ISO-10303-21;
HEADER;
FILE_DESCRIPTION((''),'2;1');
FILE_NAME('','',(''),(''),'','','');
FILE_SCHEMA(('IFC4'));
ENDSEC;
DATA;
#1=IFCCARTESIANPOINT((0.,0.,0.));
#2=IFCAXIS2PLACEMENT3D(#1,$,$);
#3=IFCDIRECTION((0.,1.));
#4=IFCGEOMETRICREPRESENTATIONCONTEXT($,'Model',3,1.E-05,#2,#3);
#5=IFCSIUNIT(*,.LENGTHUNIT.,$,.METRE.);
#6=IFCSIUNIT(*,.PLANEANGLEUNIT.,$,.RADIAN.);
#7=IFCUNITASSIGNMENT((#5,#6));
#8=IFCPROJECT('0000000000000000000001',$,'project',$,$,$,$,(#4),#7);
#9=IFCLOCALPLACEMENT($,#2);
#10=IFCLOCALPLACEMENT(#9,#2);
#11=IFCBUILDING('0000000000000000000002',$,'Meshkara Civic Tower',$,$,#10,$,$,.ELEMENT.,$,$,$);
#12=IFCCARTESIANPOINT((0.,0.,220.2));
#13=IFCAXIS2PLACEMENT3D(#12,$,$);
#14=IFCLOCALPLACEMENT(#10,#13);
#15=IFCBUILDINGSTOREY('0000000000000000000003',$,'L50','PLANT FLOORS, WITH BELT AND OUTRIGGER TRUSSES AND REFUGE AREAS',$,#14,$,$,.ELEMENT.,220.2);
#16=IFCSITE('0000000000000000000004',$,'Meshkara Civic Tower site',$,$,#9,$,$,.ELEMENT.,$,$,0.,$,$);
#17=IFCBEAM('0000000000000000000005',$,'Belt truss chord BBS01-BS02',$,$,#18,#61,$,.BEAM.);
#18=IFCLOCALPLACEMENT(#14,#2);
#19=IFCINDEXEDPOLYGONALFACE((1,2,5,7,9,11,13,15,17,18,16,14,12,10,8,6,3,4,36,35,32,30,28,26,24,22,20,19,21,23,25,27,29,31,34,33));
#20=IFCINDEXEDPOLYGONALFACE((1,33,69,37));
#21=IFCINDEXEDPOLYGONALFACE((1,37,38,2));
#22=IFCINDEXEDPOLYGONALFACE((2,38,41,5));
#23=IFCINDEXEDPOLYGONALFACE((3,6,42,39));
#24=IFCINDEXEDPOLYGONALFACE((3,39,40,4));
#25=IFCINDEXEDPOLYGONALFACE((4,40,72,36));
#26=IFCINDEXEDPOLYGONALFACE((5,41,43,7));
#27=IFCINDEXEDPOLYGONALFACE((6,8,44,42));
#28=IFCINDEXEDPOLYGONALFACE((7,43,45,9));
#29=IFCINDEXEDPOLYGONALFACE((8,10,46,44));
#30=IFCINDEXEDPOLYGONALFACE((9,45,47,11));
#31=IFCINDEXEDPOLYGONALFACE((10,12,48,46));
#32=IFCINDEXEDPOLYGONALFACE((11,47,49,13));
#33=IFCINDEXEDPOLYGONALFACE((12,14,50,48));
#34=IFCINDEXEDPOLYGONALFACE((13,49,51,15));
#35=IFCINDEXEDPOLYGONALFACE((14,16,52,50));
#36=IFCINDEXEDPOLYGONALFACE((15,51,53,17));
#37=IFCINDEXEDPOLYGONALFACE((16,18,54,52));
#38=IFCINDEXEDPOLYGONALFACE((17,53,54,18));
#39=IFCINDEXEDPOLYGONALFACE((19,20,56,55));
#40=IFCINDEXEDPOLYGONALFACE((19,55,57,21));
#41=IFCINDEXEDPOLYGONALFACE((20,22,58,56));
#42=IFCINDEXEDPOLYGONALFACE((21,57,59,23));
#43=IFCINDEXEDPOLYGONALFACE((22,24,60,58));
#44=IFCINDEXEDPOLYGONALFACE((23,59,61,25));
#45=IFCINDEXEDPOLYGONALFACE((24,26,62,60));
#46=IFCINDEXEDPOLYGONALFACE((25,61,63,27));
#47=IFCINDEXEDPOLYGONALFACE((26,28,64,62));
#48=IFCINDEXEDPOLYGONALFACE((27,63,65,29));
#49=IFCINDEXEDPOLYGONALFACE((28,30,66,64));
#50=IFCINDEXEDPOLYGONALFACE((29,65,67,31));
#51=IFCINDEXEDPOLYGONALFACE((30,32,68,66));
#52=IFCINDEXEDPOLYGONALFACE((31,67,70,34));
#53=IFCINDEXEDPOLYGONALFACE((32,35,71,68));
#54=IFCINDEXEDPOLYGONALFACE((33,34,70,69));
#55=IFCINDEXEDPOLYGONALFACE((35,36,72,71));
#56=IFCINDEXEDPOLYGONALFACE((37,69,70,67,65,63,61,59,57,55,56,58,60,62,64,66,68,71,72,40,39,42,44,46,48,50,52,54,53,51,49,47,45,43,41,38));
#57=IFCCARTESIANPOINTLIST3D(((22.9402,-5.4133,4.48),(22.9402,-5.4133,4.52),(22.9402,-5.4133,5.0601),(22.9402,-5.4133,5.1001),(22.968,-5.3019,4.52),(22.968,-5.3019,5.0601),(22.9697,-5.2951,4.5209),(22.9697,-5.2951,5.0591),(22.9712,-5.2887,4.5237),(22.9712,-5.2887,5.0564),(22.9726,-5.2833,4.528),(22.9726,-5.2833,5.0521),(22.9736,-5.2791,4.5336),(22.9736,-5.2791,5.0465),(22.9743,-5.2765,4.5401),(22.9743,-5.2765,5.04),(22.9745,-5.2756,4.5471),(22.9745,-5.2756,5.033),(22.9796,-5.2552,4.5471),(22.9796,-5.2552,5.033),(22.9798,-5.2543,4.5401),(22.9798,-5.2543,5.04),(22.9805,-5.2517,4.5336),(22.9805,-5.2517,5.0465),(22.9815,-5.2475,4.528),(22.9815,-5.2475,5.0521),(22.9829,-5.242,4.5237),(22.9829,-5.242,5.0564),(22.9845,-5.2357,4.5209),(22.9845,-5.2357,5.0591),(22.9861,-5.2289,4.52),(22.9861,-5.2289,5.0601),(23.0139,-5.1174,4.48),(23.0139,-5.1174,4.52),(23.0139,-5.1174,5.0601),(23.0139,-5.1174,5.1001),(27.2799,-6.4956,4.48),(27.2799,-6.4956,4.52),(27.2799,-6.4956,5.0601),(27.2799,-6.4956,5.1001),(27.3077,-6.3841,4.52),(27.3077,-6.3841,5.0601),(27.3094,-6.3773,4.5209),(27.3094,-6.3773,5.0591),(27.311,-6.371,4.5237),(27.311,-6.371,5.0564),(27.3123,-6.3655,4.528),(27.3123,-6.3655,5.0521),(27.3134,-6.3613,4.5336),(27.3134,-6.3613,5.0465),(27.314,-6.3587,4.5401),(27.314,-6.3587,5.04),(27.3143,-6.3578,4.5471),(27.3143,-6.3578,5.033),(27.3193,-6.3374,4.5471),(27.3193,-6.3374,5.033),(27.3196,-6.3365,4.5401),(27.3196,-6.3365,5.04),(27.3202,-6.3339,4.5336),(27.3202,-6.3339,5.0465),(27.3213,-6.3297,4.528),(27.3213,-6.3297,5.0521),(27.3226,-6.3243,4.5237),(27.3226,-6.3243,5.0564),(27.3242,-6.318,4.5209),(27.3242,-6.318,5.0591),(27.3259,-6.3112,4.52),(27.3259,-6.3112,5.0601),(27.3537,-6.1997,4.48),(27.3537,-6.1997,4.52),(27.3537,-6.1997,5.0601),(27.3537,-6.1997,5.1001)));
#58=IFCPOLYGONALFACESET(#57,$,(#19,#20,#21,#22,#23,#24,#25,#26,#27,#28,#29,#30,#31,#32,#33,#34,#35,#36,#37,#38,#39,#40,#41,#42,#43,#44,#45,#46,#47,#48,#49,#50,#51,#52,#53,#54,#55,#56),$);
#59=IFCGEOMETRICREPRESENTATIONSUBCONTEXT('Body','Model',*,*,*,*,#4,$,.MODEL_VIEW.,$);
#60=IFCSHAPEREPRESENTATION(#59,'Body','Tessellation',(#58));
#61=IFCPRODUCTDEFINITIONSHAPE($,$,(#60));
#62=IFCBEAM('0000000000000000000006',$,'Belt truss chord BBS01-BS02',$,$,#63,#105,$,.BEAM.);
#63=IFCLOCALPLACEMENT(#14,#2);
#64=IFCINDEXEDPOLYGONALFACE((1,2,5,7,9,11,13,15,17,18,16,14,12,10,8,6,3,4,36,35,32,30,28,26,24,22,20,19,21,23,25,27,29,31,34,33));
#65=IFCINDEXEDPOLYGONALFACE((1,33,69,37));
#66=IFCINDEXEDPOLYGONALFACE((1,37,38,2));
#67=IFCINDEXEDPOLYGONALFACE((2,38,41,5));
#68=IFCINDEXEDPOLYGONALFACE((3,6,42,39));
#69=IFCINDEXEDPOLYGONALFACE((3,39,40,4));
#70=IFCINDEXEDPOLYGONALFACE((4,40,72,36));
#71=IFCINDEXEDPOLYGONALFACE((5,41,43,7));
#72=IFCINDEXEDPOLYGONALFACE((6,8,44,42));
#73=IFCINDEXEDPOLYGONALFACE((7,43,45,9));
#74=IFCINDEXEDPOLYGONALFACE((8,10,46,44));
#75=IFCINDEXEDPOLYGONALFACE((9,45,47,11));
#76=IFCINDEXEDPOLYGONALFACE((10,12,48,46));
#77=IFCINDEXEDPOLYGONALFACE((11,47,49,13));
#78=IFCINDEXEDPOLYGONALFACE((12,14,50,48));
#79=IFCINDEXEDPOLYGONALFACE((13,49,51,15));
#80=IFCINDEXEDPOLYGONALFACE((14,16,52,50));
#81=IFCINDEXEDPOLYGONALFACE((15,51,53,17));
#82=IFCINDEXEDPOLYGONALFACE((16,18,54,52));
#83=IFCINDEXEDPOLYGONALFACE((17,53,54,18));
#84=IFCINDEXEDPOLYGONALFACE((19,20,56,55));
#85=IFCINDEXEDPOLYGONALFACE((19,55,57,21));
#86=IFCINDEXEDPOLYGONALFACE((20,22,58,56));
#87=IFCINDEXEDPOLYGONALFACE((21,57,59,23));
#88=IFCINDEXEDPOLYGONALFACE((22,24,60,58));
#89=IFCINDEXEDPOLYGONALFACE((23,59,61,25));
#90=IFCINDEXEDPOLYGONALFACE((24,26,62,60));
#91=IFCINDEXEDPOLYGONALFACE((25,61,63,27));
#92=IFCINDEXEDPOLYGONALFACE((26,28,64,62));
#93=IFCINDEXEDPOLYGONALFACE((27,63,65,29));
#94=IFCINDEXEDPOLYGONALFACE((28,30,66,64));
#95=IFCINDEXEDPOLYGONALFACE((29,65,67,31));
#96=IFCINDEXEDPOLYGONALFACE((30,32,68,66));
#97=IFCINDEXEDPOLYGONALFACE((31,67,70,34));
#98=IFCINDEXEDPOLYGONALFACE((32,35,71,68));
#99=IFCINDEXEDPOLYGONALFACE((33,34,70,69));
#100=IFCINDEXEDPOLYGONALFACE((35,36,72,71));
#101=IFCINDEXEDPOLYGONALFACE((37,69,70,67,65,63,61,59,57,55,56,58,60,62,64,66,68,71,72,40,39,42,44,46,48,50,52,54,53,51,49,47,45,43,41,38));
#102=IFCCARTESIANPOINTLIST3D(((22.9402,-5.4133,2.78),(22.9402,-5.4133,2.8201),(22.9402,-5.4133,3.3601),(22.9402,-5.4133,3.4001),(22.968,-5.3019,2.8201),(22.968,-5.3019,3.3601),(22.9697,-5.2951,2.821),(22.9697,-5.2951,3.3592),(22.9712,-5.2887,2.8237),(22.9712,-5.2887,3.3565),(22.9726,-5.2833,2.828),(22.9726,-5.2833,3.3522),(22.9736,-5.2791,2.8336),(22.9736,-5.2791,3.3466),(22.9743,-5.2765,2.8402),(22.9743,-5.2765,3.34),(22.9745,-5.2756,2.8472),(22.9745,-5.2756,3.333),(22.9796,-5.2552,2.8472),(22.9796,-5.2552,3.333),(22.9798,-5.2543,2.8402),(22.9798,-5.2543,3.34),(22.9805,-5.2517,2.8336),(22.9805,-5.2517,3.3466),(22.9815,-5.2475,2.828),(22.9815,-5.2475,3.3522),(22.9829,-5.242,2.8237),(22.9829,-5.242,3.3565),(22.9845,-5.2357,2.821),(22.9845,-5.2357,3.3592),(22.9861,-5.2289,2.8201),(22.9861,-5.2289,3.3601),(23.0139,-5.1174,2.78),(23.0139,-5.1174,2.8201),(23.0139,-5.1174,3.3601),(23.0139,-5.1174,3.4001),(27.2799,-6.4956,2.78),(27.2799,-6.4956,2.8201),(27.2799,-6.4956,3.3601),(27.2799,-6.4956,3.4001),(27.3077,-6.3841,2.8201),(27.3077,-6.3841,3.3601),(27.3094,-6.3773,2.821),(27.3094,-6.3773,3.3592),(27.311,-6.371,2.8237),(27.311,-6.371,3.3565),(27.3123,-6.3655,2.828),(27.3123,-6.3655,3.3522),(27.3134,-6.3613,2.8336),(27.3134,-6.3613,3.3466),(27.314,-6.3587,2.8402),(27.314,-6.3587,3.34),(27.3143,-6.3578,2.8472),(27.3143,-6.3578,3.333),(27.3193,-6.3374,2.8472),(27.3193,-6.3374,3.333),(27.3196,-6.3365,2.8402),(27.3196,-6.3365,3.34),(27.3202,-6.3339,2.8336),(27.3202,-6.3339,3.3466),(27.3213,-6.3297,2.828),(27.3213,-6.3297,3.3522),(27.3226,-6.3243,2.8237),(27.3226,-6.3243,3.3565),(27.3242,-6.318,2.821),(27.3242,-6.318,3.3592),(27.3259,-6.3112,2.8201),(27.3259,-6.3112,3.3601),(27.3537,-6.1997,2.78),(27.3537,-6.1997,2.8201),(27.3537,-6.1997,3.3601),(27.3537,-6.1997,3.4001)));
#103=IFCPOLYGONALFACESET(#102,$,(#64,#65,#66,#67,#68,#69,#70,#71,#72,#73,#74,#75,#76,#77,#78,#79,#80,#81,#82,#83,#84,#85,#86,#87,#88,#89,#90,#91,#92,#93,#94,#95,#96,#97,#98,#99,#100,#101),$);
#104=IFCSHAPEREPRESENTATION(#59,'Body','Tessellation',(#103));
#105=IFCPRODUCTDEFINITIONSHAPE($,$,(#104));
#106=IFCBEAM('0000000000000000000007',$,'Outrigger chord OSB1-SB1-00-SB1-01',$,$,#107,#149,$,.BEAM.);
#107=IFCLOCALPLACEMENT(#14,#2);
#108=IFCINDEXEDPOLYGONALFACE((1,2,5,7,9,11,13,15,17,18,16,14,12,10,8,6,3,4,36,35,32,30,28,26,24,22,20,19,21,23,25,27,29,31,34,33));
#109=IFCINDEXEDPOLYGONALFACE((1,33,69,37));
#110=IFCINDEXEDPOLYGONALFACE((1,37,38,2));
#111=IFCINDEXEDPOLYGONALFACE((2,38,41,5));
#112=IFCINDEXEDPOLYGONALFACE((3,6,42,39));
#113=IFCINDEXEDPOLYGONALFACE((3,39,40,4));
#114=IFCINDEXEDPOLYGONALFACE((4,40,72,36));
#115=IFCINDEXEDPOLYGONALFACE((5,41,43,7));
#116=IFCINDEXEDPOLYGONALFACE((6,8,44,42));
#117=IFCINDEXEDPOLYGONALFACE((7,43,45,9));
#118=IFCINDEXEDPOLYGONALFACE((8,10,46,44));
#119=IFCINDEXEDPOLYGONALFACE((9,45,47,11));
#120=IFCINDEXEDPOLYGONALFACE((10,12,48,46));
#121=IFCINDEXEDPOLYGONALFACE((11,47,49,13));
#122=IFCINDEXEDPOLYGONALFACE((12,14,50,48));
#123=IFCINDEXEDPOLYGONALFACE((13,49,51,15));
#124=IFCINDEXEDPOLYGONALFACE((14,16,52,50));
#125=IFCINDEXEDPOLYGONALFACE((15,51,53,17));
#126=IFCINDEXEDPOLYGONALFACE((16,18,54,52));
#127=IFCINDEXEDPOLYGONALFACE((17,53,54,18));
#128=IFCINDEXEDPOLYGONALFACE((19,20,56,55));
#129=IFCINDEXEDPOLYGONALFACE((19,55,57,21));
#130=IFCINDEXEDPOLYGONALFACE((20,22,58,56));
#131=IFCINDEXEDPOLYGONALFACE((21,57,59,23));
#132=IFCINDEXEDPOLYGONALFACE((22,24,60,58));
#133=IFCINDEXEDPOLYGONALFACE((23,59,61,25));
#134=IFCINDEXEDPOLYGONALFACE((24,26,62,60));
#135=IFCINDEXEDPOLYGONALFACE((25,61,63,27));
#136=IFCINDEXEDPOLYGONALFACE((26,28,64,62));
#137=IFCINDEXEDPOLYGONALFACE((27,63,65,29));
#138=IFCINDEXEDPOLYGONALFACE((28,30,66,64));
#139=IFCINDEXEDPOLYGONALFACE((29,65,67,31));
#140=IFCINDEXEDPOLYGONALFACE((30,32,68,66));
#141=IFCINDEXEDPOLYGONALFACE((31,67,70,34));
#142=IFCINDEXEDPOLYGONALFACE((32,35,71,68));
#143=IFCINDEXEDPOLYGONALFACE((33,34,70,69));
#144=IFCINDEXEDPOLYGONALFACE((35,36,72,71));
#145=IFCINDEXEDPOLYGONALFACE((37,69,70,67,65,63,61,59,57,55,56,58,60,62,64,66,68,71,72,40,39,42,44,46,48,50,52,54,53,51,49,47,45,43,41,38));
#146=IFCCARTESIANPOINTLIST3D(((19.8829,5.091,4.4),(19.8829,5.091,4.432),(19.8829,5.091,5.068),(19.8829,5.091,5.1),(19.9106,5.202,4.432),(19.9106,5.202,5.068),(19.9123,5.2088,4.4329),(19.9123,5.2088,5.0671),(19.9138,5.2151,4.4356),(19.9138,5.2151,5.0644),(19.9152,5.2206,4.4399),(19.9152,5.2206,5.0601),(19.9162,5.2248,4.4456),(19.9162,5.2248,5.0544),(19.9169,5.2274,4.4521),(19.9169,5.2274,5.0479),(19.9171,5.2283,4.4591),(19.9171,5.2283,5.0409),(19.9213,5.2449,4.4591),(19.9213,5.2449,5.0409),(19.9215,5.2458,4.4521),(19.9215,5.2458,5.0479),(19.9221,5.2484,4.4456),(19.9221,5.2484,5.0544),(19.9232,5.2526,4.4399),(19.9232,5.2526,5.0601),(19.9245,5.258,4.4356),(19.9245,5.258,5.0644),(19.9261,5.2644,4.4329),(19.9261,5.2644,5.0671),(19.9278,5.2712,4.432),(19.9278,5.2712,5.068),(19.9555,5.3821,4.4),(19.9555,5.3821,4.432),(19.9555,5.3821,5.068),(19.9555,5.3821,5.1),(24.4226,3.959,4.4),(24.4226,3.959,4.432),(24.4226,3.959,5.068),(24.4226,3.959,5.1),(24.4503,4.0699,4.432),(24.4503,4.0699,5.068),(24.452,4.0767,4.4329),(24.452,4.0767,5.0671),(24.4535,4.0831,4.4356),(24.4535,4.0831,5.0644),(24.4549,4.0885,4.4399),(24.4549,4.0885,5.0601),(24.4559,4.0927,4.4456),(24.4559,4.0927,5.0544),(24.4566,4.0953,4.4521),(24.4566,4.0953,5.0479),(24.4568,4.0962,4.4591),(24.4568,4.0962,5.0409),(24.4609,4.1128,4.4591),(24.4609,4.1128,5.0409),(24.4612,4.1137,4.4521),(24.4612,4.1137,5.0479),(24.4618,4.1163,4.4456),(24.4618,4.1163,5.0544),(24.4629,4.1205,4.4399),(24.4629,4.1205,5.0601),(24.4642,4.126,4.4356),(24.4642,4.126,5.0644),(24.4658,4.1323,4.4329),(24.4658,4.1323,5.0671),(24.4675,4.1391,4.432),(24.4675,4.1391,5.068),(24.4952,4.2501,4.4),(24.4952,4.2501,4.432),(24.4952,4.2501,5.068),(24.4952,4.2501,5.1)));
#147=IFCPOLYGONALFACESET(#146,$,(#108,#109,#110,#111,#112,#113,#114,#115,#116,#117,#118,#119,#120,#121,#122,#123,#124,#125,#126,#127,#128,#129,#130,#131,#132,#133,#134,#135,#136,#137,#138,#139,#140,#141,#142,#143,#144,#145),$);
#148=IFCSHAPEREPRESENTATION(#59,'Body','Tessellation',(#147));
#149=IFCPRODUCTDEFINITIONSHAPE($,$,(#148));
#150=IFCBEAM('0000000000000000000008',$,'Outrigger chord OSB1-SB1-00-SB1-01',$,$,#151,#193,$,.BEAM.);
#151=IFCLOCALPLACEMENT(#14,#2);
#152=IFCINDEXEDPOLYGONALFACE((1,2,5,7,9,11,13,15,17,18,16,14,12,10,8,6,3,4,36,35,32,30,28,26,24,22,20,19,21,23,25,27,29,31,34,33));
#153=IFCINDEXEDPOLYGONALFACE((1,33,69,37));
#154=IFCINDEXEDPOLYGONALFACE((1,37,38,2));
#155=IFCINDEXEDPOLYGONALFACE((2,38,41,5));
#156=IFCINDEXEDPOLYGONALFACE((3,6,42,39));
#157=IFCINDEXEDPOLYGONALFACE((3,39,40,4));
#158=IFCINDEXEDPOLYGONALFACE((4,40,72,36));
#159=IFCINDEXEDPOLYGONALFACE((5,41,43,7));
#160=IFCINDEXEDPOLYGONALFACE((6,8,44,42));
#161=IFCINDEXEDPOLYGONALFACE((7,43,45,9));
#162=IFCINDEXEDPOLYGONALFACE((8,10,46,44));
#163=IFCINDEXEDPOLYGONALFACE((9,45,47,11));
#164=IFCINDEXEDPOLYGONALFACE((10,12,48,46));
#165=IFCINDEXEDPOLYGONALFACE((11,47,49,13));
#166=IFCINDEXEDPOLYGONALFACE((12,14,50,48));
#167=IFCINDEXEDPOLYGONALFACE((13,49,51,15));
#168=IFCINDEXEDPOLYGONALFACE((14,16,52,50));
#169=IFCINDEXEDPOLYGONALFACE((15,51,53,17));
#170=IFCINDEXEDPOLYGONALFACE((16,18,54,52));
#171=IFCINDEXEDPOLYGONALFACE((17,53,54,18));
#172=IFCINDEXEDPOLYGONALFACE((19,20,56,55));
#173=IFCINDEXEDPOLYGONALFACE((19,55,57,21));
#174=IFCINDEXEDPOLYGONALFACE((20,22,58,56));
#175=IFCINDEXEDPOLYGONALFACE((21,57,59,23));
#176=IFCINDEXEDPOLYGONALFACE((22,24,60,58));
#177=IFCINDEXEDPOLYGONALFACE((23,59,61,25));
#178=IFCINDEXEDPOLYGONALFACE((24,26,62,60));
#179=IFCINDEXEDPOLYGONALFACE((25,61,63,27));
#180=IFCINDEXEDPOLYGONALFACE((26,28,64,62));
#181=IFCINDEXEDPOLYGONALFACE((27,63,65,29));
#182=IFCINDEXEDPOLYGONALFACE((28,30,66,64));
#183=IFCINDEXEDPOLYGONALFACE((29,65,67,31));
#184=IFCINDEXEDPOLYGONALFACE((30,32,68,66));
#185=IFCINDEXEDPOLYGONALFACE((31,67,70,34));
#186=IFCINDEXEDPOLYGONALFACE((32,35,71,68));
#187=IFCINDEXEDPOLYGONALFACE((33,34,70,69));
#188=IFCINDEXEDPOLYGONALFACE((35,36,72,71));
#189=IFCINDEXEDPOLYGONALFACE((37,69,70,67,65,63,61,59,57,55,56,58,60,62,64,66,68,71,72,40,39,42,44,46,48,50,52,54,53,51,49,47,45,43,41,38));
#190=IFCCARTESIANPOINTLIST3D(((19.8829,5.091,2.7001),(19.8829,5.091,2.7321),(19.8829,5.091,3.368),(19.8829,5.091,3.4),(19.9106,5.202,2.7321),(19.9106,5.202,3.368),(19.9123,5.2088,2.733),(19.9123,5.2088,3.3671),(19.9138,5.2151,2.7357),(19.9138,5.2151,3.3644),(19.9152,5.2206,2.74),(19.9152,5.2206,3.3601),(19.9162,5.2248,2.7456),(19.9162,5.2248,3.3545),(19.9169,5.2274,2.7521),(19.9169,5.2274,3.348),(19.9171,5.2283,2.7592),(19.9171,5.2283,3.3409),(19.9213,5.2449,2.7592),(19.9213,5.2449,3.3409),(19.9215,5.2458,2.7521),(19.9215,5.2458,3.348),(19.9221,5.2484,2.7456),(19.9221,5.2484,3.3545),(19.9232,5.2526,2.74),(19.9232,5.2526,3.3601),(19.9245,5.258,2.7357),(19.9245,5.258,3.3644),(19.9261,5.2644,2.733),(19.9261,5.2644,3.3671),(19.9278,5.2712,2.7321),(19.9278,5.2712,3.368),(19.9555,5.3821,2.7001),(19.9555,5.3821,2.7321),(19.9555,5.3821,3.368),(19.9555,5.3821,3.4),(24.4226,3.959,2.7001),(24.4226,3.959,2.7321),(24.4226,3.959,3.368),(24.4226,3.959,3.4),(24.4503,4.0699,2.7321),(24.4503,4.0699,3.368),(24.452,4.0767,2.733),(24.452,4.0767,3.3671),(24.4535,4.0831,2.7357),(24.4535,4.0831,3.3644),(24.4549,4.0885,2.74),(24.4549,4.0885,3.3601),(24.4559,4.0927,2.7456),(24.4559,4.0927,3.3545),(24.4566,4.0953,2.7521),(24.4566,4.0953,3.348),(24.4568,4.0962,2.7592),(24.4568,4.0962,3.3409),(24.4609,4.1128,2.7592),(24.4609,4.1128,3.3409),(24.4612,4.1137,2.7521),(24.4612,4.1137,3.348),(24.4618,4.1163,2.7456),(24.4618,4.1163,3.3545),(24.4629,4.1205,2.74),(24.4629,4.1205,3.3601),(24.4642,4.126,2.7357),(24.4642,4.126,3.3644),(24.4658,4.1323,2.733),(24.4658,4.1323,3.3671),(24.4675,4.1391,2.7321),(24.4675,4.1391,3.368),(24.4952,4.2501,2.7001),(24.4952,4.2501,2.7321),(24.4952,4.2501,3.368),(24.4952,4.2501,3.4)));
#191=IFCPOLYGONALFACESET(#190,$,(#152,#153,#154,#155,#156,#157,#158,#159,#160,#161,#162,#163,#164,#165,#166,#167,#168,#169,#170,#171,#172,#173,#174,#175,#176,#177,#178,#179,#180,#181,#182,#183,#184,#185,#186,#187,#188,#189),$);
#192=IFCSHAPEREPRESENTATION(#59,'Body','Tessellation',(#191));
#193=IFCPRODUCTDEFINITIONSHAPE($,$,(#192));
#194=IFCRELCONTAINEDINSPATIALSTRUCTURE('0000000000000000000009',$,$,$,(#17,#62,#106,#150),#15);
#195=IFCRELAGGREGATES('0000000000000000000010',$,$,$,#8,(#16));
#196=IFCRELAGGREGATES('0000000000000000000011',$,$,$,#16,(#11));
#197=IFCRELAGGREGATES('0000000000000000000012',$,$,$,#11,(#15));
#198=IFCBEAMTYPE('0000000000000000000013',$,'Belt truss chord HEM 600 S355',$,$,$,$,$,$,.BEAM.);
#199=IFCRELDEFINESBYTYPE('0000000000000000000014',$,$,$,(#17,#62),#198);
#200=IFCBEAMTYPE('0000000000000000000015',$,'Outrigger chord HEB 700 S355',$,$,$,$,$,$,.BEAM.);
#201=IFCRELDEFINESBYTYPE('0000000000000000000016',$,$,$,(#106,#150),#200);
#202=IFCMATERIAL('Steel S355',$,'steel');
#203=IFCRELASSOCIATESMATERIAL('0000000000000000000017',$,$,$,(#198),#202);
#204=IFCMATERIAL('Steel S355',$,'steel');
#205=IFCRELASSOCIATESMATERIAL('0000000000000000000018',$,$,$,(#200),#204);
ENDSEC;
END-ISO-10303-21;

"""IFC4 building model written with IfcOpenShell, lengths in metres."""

from ifc_helpers import new_model, si_unit, direction, frame, origin, origin_2d, place, context, subcontext, project, spatial, i_section, extrude, material, material_profile, profile_set, type_object, element, save


model = new_model("IFC4")

# Units and contexts
model_context = context("Model", 3, precision=1e-05, world=origin(), true_north=direction((0.0, 1.0)))
body_context = subcontext(model_context, "Body", "Model", "MODEL_VIEW")
ifc_project = project(units=[si_unit("LENGTHUNIT", "METRE"), si_unit("PLANEANGLEUNIT", "RADIAN")], contexts=[model_context])

# Site, building, storey
site_placement = place(None, origin())
site = spatial("IfcSite", under=ifc_project, at=site_placement, Name="Meshkara Civic Tower site", CompositionType="ELEMENT", RefElevation=0.0)
building_placement = place(site_placement, origin())
building = spatial("IfcBuilding", under=site, at=building_placement, Name="Meshkara Civic Tower", CompositionType="ELEMENT")
storey_placement = place(building_placement, frame((0.0, 0.0, 220.2)))
storey = spatial("IfcBuildingStorey", under=building, at=storey_placement, Name="L50", Description="PLANT FLOORS, WITH BELT AND OUTRIGGER TRUSSES AND REFUGE AREAS", CompositionType="ELEMENT", Elevation=220.2)

# Beams
ifc_material_1 = material(Name="Steel S355", Category="steel")
ifc_material_profile_1 = material_profile(ifc_material_1, i_section(OverallWidth=0.3049, OverallDepth=0.6201, WebThickness=0.021, FlangeThickness=0.04, FilletRadius=0.0271, at=origin_2d()))
ifc_profile_set_1 = profile_set([ifc_material_profile_1], Name="Steel S355")
beam_type_1 = type_object("IfcBeamType", Name="Belt truss chord HEM 600 S355", PredefinedType="BEAM", material=ifc_profile_set_1)
for number, where, z_axis, x_axis, name in (
    (1, (22.9771, -5.2654, 4.79), (0.970284, -0.24197, 0.0), (0.24197, 0.970284, 0.0), "Belt truss chord BBS01-BS02"),
    (2, (22.9771, -5.2654, 3.0901), (0.970284, -0.24197, 0.0), (0.24197, 0.970284, 0.0), "Belt truss chord BBS01-BS02"),
):
    element("IfcBeam", number, at=place(storey_placement, frame(where, z_axis=z_axis, x_axis=x_axis)), inside=storey, type_object=beam_type_1, Name=name, PredefinedType="BEAM", context=body_context, shape_type="SweptSolid", body=[
        extrude(i_section(OverallWidth=0.3049, OverallDepth=0.6201, WebThickness=0.021, FlangeThickness=0.04, FilletRadius=0.0271, at=origin_2d()), origin(), (0.0, 0.0, 1.0), 4.4727),
    ])
ifc_material_2 = material(Name="Steel S355", Category="steel")
ifc_material_profile_2 = material_profile(ifc_material_2, i_section(OverallWidth=0.3, OverallDepth=0.7, WebThickness=0.0171, FlangeThickness=0.032, FilletRadius=0.0271, at=origin_2d()))
ifc_profile_set_2 = profile_set([ifc_material_profile_2], Name="Steel S355")
beam_type_2 = type_object("IfcBeamType", Name="Outrigger chord HEB 700 S355", PredefinedType="BEAM", material=ifc_profile_set_2)
for number, where, z_axis, x_axis, name in (
    (3, (19.9192, 5.2366, 4.75), (0.970287, -0.241959, 0.0), (0.241959, 0.970287, 0.0), "Outrigger chord OSB1-SB1-00-SB1-01"),
    (4, (19.9192, 5.2366, 3.05), (0.970287, -0.241959, 0.0), (0.241959, 0.970287, 0.0), "Outrigger chord OSB1-SB1-00-SB1-01"),
):
    element("IfcBeam", number, at=place(storey_placement, frame(where, z_axis=z_axis, x_axis=x_axis)), inside=storey, type_object=beam_type_2, Name=name, PredefinedType="BEAM", context=body_context, shape_type="SweptSolid", body=[
        extrude(i_section(OverallWidth=0.3, OverallDepth=0.7, WebThickness=0.0171, FlangeThickness=0.032, FilletRadius=0.0271, at=origin_2d()), origin(), (0.0, 0.0, 1.0), 4.6787),
    ])

save(model, "model.ifc")
